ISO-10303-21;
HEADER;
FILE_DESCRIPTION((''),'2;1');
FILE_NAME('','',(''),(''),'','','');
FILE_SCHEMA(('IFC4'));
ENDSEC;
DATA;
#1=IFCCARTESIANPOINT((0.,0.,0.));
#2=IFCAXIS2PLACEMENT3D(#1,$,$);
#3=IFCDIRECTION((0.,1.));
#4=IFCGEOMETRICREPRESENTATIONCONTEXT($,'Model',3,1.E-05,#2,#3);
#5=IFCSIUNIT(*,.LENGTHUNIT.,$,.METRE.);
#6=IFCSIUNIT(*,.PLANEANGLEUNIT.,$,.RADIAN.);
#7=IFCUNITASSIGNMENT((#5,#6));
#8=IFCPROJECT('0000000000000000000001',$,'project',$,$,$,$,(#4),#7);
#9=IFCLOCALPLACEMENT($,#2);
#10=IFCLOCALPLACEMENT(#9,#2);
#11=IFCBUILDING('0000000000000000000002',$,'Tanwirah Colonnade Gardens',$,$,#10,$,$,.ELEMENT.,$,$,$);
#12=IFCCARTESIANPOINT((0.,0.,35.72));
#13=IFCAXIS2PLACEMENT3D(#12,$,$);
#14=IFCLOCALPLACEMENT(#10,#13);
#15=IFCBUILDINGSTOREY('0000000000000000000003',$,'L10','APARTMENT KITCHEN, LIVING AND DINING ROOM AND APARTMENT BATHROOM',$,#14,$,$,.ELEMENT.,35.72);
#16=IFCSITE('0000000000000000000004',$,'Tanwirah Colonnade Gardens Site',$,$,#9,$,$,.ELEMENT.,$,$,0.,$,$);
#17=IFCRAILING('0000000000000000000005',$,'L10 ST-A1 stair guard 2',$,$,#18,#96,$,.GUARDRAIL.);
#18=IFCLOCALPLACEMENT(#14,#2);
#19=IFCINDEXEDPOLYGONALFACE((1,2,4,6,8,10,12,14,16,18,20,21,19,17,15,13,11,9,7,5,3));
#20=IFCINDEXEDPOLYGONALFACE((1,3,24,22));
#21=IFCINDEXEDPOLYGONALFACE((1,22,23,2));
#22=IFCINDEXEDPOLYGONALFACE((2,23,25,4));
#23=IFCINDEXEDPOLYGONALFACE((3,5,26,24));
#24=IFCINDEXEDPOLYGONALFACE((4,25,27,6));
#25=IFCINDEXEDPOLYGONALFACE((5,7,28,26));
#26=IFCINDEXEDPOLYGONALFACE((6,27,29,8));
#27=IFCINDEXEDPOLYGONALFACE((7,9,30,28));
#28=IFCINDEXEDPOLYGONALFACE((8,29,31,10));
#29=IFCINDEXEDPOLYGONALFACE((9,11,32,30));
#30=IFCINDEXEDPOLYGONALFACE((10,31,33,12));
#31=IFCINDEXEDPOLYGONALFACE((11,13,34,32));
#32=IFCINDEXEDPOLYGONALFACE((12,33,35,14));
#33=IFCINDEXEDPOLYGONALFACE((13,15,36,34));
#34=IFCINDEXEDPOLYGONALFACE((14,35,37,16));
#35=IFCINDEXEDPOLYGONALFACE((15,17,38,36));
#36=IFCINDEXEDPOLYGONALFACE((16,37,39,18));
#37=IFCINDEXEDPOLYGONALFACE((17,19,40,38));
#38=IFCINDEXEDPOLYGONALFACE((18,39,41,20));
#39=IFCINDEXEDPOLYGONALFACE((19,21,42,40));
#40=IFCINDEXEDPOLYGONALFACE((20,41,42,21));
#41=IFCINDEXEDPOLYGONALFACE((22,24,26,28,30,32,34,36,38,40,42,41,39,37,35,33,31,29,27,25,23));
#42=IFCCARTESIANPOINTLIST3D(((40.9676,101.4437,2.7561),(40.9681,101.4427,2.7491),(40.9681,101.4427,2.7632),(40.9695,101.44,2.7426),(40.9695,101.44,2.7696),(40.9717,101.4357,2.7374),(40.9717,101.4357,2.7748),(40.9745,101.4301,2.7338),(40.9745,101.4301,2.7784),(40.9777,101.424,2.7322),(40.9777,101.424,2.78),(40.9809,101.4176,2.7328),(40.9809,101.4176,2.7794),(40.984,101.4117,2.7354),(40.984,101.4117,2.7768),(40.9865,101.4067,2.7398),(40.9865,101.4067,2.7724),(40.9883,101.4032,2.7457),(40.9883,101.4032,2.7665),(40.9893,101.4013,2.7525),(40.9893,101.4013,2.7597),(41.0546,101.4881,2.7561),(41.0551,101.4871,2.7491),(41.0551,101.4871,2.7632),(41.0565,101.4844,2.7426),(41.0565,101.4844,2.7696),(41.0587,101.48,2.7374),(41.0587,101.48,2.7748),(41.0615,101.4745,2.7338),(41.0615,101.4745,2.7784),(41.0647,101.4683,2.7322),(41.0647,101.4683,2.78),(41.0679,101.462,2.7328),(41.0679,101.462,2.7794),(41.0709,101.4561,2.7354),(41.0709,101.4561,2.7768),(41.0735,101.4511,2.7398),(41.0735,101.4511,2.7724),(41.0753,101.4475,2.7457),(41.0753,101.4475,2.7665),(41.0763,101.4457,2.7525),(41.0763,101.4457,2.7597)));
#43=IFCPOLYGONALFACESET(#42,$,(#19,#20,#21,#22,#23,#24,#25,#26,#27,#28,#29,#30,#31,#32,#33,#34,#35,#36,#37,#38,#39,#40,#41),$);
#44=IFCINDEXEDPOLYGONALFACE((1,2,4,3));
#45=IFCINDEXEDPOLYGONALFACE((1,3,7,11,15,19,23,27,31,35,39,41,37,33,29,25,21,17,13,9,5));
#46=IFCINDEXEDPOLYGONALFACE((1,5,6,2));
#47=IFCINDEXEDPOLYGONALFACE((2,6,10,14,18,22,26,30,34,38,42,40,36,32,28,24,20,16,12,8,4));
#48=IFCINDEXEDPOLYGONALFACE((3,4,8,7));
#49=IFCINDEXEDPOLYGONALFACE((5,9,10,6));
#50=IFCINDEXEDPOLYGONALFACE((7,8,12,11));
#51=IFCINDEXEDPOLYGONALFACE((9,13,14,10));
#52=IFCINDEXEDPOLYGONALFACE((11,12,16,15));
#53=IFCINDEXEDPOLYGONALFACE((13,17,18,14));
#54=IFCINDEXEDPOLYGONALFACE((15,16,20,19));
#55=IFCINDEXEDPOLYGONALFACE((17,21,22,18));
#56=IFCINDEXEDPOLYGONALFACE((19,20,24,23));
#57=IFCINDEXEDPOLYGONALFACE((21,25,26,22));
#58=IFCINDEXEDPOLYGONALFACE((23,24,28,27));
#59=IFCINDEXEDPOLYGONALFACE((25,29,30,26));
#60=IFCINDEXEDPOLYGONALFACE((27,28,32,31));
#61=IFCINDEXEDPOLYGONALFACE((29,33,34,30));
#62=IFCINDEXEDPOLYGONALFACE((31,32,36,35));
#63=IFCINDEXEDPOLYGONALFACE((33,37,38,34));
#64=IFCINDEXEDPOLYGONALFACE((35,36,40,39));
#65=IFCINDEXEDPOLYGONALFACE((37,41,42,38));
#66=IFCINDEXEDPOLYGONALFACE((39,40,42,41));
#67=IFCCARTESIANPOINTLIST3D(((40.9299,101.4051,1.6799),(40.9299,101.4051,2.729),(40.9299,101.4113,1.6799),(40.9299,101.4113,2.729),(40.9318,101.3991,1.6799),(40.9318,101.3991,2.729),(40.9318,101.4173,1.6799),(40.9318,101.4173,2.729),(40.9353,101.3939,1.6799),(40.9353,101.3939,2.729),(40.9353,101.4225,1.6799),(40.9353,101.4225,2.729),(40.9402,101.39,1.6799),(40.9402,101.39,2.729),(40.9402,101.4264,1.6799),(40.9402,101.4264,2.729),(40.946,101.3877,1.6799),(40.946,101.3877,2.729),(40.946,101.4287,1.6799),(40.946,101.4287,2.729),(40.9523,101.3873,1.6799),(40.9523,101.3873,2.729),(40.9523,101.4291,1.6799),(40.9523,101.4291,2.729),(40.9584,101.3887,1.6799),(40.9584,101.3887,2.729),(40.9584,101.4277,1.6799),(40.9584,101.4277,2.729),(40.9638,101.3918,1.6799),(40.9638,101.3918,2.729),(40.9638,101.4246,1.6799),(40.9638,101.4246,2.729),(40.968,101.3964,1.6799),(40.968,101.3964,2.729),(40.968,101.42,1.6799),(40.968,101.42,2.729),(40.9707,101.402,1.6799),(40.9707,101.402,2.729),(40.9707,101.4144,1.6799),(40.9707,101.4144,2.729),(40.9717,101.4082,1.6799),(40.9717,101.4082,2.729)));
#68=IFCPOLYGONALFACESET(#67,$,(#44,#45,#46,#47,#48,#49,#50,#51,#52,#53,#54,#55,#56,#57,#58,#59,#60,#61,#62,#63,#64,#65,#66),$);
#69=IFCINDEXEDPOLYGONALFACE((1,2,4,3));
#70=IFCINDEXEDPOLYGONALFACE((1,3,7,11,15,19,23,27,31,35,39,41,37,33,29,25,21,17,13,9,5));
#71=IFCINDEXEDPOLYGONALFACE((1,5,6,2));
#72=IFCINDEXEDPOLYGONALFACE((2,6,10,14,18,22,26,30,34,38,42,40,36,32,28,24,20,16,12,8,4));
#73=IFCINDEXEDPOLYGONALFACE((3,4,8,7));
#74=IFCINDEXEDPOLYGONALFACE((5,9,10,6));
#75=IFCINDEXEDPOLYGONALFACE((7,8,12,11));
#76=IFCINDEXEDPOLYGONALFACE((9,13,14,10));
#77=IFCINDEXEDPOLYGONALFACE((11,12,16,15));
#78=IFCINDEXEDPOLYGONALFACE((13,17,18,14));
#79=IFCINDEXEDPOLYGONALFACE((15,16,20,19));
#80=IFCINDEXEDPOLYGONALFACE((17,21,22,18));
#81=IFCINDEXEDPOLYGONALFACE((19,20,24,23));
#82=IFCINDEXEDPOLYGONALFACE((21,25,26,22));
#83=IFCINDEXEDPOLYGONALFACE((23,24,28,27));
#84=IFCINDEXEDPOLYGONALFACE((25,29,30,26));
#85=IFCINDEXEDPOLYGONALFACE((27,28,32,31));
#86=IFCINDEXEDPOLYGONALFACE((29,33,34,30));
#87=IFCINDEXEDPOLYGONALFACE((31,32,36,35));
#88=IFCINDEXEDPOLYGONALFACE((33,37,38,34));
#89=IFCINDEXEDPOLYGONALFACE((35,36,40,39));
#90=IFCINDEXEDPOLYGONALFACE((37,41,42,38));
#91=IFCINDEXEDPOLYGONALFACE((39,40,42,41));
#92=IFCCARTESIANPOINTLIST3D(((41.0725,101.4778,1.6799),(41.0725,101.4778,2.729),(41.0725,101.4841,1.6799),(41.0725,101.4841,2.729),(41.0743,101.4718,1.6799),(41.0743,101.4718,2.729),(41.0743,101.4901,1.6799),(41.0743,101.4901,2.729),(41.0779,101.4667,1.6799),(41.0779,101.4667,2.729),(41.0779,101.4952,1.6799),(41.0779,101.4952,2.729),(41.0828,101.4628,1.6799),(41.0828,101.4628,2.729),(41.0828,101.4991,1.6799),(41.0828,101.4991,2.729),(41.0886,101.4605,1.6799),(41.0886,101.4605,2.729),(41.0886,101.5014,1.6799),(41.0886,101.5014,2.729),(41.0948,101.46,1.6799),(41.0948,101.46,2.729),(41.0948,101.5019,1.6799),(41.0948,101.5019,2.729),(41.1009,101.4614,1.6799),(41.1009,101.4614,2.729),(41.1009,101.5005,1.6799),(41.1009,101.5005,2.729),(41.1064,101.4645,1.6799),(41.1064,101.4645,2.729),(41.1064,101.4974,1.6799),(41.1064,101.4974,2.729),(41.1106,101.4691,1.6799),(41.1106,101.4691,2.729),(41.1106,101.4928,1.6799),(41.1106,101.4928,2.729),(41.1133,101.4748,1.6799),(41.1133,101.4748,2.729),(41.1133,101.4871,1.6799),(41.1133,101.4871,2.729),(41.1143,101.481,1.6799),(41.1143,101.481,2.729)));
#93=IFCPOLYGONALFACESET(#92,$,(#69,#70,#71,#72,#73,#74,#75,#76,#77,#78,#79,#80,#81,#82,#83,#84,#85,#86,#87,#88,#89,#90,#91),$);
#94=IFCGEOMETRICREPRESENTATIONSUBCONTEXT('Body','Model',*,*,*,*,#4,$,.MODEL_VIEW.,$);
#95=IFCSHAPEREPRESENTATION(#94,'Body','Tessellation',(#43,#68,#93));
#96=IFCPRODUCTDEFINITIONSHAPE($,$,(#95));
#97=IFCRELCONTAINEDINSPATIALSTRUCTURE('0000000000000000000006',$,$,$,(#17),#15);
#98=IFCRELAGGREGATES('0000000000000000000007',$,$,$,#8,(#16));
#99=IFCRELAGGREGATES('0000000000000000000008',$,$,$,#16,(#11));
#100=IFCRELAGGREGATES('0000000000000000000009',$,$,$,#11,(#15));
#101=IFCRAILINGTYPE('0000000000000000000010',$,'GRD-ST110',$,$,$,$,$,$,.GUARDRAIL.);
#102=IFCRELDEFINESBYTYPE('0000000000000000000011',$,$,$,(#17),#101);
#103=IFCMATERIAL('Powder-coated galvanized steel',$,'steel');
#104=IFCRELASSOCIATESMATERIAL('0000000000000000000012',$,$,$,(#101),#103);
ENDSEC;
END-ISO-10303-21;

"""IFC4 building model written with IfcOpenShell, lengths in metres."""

from ifc_helpers import new_model, si_unit, direction, frame, origin, origin_2d, place, context, subcontext, project, spatial, circle, extrude, material, type_object, element, save


model = new_model("IFC4")

# Units and contexts
model_context = context("Model", 3, precision=1e-05, world=origin(), true_north=direction((0.0, 1.0)))
body_context = subcontext(model_context, "Body", "Model", "MODEL_VIEW")
ifc_project = project(units=[si_unit("LENGTHUNIT", "METRE"), si_unit("PLANEANGLEUNIT", "RADIAN")], contexts=[model_context])

# Site, building, storey
site_placement = place(None, origin())
site = spatial("IfcSite", under=ifc_project, at=site_placement, Name="Tanwirah Colonnade Gardens Site", CompositionType="ELEMENT", RefElevation=0.0)
building_placement = place(site_placement, origin())
building = spatial("IfcBuilding", under=site, at=building_placement, Name="Tanwirah Colonnade Gardens", CompositionType="ELEMENT")
storey_placement = place(building_placement, frame((0.0, 0.0, 35.72)))
storey = spatial("IfcBuildingStorey", under=building, at=storey_placement, Name="L10", Description="APARTMENT KITCHEN, LIVING AND DINING ROOM AND APARTMENT BATHROOM", CompositionType="ELEMENT", Elevation=35.72)

# Railing
ifc_material_1 = material(Name="Powder-coated galvanized steel", Category="steel")
railing_type_1 = type_object("IfcRailingType", Name="GRD-ST110", PredefinedType="GUARDRAIL", material=ifc_material_1)
railing_1_placement = place(storey_placement, frame((40.9507, 101.4082, 1.6799)))
element("IfcRailing", 1, at=railing_1_placement, inside=storey, type_object=railing_type_1, Name="L10 ST-A1 stair guard 2", PredefinedType="GUARDRAIL", context=body_context, shape_type="SweptSolid", body=[
    extrude(circle(Radius=0.0239, at=origin_2d()), frame((0.0278, 0.0142, 1.0762), z_axis=(0.890737, 0.45452, 0.0), x_axis=(-0.45452, 0.890737, 0.0)), (0.0, 0.0, 1.0), 0.0977),
    extrude(circle(Radius=0.021, at=origin_2d()), origin(), (0.0, 0.0, 1.0), 1.0491),
    extrude(circle(Radius=0.021, at=origin_2d()), frame((0.1426, 0.0728, 0.0)), (0.0, 0.0, 1.0), 1.0491),
])

save(model, "model.ifc")
